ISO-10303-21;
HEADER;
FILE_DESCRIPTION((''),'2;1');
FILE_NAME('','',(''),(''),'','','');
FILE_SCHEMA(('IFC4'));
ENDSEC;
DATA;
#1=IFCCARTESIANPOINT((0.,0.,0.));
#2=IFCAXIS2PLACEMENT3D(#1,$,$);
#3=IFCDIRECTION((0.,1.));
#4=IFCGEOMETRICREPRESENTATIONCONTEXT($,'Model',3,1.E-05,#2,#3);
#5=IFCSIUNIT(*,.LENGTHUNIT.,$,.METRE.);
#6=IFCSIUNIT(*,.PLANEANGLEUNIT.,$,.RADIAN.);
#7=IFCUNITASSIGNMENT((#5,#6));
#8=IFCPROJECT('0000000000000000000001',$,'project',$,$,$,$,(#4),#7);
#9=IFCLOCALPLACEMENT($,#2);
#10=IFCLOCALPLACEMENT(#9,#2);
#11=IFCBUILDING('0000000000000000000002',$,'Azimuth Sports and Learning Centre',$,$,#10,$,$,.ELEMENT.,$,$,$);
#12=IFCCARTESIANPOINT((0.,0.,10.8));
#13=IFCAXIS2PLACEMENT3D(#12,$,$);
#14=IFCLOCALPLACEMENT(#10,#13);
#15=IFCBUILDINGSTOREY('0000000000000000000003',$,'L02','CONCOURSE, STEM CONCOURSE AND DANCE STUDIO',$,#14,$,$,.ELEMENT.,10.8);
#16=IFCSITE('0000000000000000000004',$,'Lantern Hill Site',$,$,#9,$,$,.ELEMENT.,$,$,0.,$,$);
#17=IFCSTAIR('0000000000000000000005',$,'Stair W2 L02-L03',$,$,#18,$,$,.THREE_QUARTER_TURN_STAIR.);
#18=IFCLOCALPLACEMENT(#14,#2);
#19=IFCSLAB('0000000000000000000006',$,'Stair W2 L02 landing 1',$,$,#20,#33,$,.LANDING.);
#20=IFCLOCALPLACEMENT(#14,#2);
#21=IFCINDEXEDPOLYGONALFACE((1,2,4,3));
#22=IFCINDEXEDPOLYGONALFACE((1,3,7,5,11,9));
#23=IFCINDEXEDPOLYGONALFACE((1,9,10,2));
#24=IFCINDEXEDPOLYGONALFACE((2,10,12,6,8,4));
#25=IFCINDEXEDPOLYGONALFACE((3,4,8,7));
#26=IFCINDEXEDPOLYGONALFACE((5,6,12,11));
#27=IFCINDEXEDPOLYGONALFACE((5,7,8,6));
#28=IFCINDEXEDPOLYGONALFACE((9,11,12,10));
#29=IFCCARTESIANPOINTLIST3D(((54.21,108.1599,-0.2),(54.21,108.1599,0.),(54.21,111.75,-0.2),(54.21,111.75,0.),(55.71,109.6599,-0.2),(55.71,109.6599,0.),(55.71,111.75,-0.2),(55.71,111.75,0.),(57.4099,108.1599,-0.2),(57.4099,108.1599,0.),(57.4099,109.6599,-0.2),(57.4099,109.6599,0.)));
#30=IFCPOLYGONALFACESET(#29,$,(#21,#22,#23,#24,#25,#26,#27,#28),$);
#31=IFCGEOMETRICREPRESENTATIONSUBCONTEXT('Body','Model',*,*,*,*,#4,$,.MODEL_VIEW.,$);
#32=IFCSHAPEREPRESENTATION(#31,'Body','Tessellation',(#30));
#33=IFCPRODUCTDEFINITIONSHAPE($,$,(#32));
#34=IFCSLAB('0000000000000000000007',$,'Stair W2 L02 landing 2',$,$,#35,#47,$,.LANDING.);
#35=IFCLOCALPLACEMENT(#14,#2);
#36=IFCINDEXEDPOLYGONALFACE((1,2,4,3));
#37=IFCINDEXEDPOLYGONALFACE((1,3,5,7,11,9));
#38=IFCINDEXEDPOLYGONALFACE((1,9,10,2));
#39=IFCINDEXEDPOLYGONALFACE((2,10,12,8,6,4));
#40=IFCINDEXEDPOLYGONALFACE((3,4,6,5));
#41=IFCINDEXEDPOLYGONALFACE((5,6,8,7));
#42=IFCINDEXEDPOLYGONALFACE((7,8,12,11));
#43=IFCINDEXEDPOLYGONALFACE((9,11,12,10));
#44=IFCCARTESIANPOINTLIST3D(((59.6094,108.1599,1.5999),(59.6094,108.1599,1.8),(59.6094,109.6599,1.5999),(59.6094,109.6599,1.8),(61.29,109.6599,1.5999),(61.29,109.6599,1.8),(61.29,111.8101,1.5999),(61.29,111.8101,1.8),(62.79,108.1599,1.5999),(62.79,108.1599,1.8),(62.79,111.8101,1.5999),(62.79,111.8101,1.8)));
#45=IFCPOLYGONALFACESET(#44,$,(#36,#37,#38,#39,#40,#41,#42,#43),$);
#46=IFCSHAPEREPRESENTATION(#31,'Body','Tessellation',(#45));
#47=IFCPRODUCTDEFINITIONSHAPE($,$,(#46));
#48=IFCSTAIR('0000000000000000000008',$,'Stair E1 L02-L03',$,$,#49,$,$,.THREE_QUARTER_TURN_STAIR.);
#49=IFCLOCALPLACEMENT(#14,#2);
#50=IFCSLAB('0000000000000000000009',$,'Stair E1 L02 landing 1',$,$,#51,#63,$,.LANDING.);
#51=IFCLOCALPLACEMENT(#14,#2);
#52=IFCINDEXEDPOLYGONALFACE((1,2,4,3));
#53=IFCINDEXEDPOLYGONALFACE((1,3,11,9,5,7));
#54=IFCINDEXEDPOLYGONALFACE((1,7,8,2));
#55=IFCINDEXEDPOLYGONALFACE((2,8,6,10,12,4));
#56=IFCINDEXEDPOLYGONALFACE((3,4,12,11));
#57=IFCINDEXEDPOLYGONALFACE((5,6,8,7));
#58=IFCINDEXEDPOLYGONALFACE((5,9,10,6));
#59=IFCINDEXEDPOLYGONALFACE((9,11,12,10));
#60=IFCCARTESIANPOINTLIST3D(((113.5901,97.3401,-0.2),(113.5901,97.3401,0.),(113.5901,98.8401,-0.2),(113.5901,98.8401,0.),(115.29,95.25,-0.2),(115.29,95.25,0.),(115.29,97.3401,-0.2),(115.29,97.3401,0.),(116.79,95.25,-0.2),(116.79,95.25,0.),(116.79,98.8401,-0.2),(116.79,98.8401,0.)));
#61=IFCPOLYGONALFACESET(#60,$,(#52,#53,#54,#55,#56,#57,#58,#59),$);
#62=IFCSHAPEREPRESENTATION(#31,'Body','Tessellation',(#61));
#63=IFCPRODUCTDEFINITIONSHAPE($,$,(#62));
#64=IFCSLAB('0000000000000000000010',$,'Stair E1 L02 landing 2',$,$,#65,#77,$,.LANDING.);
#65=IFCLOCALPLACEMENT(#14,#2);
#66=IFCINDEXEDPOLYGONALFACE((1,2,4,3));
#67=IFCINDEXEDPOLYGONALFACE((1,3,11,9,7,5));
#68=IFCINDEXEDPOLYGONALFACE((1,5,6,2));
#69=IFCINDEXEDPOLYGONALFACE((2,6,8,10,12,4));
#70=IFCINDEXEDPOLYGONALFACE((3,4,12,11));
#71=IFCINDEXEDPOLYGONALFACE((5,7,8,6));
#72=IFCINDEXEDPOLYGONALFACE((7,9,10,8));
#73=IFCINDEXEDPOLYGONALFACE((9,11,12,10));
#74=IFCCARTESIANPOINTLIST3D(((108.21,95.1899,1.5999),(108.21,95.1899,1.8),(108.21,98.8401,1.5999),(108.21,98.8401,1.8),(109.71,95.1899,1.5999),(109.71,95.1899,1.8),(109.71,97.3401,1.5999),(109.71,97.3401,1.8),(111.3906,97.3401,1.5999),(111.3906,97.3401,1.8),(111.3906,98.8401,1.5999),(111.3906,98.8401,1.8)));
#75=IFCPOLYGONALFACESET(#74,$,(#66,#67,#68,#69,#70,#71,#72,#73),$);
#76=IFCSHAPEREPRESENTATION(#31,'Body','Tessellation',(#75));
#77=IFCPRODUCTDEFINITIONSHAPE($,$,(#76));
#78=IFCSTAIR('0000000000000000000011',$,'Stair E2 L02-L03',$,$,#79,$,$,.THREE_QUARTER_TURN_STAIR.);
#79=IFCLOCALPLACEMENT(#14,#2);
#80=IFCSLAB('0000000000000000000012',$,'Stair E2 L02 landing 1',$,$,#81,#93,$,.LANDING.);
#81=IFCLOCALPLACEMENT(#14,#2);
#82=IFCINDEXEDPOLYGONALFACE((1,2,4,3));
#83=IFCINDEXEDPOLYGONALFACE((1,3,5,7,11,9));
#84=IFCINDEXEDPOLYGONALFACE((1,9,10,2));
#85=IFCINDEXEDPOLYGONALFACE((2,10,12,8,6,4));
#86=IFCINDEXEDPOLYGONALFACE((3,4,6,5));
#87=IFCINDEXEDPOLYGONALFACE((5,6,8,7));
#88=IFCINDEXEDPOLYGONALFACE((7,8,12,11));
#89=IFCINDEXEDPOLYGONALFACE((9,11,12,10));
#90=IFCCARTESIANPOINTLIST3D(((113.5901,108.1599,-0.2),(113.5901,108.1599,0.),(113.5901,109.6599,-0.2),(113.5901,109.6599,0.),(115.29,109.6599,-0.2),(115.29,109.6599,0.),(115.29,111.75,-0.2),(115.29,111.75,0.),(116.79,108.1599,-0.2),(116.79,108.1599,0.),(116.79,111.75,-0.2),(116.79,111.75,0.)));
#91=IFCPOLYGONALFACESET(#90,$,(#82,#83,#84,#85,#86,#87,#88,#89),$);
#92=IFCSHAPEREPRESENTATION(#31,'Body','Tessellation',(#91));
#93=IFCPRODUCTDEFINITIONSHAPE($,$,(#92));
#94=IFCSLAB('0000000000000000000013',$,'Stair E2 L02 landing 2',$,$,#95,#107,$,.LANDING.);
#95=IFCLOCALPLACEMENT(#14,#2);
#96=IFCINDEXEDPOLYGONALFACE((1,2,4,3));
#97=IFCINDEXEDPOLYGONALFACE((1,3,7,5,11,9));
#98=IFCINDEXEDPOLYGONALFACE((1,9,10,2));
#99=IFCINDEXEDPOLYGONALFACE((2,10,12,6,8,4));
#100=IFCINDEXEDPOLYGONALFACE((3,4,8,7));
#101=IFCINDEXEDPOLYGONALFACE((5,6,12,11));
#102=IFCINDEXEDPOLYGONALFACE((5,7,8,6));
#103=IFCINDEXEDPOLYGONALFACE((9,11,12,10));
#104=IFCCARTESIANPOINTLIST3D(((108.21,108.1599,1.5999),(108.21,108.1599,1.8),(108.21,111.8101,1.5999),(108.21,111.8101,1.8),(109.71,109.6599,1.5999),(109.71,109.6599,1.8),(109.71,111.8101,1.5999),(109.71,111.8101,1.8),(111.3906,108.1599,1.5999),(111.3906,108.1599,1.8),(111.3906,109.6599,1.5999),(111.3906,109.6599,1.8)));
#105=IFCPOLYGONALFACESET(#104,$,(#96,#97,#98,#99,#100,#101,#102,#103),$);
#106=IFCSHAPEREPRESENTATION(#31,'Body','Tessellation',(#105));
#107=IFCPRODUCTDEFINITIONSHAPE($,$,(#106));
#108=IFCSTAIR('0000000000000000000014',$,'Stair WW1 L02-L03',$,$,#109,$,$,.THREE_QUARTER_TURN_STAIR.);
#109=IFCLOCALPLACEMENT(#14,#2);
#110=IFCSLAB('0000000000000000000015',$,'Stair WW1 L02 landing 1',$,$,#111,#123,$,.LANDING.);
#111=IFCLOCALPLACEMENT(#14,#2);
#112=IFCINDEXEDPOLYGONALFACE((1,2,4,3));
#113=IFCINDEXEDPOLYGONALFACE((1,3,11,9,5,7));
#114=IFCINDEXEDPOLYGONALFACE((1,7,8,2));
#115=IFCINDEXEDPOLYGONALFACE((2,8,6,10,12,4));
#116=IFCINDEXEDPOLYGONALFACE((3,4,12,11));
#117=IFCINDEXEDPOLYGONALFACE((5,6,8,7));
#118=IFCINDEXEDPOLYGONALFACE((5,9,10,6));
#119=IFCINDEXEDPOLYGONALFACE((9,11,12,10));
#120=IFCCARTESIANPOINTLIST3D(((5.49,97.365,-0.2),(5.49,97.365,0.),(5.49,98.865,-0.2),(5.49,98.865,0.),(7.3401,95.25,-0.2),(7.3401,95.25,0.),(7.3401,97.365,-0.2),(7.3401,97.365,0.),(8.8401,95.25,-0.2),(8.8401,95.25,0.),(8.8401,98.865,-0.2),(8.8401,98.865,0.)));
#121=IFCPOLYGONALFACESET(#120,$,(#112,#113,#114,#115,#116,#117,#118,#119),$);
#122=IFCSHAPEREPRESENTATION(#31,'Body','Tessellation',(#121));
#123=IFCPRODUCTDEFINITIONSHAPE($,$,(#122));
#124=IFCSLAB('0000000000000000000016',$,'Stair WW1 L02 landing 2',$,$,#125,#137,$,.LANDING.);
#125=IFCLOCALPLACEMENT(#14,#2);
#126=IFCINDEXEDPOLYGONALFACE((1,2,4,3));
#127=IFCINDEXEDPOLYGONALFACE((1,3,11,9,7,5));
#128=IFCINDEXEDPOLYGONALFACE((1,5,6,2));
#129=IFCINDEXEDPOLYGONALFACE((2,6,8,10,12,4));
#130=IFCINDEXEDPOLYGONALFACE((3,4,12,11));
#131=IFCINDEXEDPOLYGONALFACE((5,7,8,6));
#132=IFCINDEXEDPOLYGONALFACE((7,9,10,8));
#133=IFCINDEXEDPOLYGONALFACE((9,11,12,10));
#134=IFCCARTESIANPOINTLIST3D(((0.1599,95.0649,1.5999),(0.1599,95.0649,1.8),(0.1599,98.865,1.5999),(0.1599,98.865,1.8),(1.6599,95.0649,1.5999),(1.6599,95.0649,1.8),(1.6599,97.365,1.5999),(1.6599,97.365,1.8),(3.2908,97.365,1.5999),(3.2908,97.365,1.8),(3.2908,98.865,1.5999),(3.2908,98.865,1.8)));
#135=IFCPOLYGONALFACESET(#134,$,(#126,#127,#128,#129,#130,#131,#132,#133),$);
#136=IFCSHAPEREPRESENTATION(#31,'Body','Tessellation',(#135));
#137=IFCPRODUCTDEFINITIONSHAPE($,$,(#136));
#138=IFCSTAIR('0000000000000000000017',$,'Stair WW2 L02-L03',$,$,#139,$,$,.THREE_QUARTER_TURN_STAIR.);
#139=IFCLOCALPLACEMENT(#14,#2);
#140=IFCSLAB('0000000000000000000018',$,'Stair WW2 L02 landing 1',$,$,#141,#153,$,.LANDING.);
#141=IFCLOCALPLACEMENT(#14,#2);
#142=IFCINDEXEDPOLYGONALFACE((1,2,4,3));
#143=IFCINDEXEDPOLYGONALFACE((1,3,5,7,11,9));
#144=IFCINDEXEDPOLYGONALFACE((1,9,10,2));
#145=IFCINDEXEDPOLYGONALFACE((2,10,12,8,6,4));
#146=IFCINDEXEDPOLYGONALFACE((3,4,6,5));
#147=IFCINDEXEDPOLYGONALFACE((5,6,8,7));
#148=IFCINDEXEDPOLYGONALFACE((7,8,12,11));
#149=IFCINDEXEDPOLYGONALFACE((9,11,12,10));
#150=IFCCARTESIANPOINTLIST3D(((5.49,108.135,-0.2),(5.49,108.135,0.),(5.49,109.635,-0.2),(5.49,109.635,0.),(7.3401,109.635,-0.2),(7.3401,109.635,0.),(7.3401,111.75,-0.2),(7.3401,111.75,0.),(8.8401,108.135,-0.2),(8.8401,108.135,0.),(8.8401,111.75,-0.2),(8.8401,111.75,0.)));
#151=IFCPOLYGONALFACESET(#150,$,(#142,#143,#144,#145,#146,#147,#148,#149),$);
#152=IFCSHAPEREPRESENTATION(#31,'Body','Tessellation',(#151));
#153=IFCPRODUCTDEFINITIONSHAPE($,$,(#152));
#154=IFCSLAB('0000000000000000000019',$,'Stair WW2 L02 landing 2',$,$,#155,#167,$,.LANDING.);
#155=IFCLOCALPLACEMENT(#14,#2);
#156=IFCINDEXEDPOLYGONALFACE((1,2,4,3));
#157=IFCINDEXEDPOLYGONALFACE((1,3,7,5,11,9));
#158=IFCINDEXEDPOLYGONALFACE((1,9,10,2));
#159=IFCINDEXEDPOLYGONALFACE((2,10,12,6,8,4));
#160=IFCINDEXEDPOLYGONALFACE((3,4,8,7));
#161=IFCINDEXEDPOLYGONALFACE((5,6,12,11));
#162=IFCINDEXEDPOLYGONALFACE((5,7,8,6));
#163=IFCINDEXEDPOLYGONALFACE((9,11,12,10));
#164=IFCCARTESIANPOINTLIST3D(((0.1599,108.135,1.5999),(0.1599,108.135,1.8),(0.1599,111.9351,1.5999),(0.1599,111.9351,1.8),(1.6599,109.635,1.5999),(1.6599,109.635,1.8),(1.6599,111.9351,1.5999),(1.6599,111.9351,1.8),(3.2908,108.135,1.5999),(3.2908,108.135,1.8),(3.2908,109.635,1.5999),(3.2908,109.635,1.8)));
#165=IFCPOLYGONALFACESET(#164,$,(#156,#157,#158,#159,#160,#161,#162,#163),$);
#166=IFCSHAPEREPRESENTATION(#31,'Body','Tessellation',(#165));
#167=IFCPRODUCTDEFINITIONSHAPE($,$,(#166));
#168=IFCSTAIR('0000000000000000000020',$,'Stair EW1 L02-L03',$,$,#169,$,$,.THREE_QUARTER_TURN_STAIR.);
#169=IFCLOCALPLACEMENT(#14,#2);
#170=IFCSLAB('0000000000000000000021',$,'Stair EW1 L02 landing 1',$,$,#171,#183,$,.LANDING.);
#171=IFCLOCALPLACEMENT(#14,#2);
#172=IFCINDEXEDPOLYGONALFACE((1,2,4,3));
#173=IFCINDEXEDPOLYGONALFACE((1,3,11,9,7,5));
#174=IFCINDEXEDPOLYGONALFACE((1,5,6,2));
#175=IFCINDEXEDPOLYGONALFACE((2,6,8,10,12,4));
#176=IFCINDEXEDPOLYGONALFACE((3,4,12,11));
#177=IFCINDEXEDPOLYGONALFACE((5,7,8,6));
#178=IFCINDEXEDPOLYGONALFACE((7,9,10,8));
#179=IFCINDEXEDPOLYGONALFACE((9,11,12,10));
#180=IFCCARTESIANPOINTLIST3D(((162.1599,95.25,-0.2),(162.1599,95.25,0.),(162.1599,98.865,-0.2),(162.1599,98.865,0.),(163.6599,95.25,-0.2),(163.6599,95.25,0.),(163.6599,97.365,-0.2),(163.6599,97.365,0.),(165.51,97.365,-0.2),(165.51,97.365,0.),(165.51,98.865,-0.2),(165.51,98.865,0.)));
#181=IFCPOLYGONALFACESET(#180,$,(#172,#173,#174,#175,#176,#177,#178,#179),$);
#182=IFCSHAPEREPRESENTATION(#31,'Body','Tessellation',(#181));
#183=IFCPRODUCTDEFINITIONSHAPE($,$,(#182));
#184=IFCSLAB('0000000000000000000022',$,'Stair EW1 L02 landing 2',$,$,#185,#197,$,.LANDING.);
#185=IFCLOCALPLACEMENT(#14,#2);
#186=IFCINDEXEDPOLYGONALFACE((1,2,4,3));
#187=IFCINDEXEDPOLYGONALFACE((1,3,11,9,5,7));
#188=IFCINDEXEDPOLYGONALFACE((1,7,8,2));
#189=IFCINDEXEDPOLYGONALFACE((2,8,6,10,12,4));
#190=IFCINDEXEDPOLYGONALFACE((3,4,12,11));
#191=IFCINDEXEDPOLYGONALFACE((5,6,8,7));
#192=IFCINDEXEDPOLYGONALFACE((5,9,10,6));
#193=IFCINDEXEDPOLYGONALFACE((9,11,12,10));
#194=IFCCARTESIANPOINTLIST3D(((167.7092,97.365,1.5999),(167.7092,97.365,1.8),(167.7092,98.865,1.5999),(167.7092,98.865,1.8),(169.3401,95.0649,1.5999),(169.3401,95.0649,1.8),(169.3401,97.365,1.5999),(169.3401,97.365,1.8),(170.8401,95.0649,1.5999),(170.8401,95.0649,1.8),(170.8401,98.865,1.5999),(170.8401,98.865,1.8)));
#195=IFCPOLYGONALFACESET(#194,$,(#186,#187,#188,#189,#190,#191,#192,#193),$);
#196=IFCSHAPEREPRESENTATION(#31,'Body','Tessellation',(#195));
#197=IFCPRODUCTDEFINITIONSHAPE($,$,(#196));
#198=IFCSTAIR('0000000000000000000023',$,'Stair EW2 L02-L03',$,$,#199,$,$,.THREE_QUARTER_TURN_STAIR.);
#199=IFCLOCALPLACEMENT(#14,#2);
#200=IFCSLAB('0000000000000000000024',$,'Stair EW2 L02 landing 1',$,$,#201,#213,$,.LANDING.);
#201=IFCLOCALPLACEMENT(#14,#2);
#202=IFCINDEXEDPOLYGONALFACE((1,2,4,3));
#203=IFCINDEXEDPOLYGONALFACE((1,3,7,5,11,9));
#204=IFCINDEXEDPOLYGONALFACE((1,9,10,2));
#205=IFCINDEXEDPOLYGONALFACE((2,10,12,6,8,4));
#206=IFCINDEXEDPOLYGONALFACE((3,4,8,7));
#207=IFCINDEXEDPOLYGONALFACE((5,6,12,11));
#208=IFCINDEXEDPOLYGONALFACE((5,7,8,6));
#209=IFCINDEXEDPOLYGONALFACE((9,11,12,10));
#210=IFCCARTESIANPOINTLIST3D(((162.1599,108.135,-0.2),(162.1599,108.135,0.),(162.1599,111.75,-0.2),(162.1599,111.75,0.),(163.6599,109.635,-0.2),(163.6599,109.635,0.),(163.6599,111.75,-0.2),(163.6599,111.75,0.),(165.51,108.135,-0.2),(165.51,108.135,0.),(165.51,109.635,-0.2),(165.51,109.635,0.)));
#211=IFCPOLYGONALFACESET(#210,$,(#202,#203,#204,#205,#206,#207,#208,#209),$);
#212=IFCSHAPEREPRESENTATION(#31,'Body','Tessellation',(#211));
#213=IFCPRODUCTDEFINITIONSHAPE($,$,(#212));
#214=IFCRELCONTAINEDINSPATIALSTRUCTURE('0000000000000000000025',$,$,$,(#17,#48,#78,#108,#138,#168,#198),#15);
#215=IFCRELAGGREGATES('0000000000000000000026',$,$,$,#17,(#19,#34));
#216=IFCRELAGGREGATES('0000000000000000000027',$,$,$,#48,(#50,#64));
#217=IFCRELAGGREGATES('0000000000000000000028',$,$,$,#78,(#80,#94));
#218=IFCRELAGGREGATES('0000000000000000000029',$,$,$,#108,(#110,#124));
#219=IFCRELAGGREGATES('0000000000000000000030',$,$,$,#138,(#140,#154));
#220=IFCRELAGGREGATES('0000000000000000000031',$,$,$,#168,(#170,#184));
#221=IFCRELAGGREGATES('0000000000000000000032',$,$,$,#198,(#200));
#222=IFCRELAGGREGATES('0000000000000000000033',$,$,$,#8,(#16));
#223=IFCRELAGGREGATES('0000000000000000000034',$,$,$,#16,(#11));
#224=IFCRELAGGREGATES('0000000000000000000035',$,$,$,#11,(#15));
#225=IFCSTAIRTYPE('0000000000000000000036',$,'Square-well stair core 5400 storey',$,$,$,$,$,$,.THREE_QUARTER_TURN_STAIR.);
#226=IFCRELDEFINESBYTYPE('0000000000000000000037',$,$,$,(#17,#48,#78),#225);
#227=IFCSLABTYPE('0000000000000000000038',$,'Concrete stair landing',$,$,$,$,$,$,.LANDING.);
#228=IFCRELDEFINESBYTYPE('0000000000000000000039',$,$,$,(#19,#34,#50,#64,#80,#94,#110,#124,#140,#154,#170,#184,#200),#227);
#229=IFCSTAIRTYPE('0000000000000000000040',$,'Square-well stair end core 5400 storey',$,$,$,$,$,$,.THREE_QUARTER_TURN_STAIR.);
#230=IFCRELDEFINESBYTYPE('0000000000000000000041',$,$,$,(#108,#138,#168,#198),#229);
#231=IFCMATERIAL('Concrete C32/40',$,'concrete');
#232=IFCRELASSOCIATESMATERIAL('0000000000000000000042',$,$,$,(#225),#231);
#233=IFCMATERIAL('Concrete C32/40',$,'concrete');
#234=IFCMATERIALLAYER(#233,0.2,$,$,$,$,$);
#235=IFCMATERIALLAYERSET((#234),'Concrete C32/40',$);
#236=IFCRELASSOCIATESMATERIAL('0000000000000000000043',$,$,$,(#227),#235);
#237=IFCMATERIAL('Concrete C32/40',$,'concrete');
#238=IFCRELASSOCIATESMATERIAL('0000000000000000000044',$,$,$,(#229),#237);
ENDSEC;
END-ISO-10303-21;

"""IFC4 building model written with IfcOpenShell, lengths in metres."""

from ifc_helpers import new_model, si_unit, direction, frame, origin, place, context, subcontext, project, spatial, polyline, outline, extrude, material, layer, layer_set, type_object, element, aggregate, save


model = new_model("IFC4")

# Units and contexts
model_context = context("Model", 3, precision=1e-05, world=origin(), true_north=direction((0.0, 1.0)))
body_context = subcontext(model_context, "Body", "Model", "MODEL_VIEW")
ifc_project = project(units=[si_unit("LENGTHUNIT", "METRE"), si_unit("PLANEANGLEUNIT", "RADIAN")], contexts=[model_context])

# Site, building, storey
site_placement = place(None, origin())
site = spatial("IfcSite", under=ifc_project, at=site_placement, Name="Lantern Hill Site", CompositionType="ELEMENT", RefElevation=0.0)
building_placement = place(site_placement, origin())
building = spatial("IfcBuilding", under=site, at=building_placement, Name="Azimuth Sports and Learning Centre", CompositionType="ELEMENT")
storey_placement = place(building_placement, frame((0.0, 0.0, 10.8)))
storey = spatial("IfcBuildingStorey", under=building, at=storey_placement, Name="L02", Description="CONCOURSE, STEM CONCOURSE AND DANCE STUDIO", CompositionType="ELEMENT", Elevation=10.8)

# Stairs, slabs
ifc_material_1 = material(Name="Concrete C32/40", Category="concrete")
stair_type_1 = type_object("IfcStairType", Name="Square-well stair core 5400 storey", PredefinedType="THREE_QUARTER_TURN_STAIR", material=ifc_material_1)
ifc_material_2 = material(Name="Concrete C32/40", Category="concrete")
ifc_layer_1 = layer(ifc_material_2, 0.2)
ifc_layer_set_1 = layer_set([ifc_layer_1], Name="Concrete C32/40")
slab_type_1 = type_object("IfcSlabType", Name="Concrete stair landing", PredefinedType="LANDING", material=ifc_layer_set_1)
stair_1_placement = place(storey_placement, origin())
stair_1 = element("IfcStair", 1, at=stair_1_placement, inside=storey, type_object=stair_type_1, Name="Stair W2 L02-L03", PredefinedType="THREE_QUARTER_TURN_STAIR")
slab_1_placement = place(storey_placement, frame((0.0, 0.0, -0.2)))
slab_1 = element("IfcSlab", 2, at=slab_1_placement, type_object=slab_type_1, Name="Stair W2 L02 landing 1", PredefinedType="LANDING", context=body_context, shape_type="SweptSolid", body=[
    extrude(outline(polyline([(57.4099, 109.6599), (55.71, 109.6599), (55.71, 111.75), (54.21, 111.75), (54.21, 108.1599), (57.4099, 108.1599), (57.4099, 109.6599)])), origin(), (0.0, 0.0, 1.0), 0.2),
])
slab_2_placement = place(storey_placement, frame((0.0, 0.0, 1.5999)))
slab_2 = element("IfcSlab", 3, at=slab_2_placement, type_object=slab_type_1, Name="Stair W2 L02 landing 2", PredefinedType="LANDING", context=body_context, shape_type="SweptSolid", body=[
    extrude(outline(polyline([(61.29, 109.6599), (59.6094, 109.6599), (59.6094, 108.1599), (62.79, 108.1599), (62.79, 111.8101), (61.29, 111.8101), (61.29, 109.6599)])), origin(), (0.0, 0.0, 1.0), 0.2002),
])
aggregate(stair_1, [slab_1, slab_2])
stair_2_placement = place(storey_placement, origin())
stair_2 = element("IfcStair", 4, at=stair_2_placement, inside=storey, type_object=stair_type_1, Name="Stair E1 L02-L03", PredefinedType="THREE_QUARTER_TURN_STAIR")
slab_3_placement = place(storey_placement, frame((0.0, 0.0, -0.2)))
slab_3 = element("IfcSlab", 5, at=slab_3_placement, type_object=slab_type_1, Name="Stair E1 L02 landing 1", PredefinedType="LANDING", context=body_context, shape_type="SweptSolid", body=[
    extrude(outline(polyline([(113.5901, 97.3401), (115.29, 97.3401), (115.29, 95.25), (116.79, 95.25), (116.79, 98.8401), (113.5901, 98.8401), (113.5901, 97.3401)])), origin(), (0.0, 0.0, 1.0), 0.2),
])
slab_4_placement = place(storey_placement, frame((0.0, 0.0, 1.5999)))
slab_4 = element("IfcSlab", 6, at=slab_4_placement, type_object=slab_type_1, Name="Stair E1 L02 landing 2", PredefinedType="LANDING", context=body_context, shape_type="SweptSolid", body=[
    extrude(outline(polyline([(109.71, 97.3401), (111.3906, 97.3401), (111.3906, 98.8401), (108.21, 98.8401), (108.21, 95.1899), (109.71, 95.1899), (109.71, 97.3401)])), origin(), (0.0, 0.0, 1.0), 0.2002),
])
aggregate(stair_2, [slab_3, slab_4])
stair_3_placement = place(storey_placement, origin())
stair_3 = element("IfcStair", 7, at=stair_3_placement, inside=storey, type_object=stair_type_1, Name="Stair E2 L02-L03", PredefinedType="THREE_QUARTER_TURN_STAIR")
slab_5_placement = place(storey_placement, frame((0.0, 0.0, -0.2)))
slab_5 = element("IfcSlab", 8, at=slab_5_placement, type_object=slab_type_1, Name="Stair E2 L02 landing 1", PredefinedType="LANDING", context=body_context, shape_type="SweptSolid", body=[
    extrude(outline(polyline([(116.79, 108.1599), (116.79, 111.75), (115.29, 111.75), (115.29, 109.6599), (113.5901, 109.6599), (113.5901, 108.1599), (116.79, 108.1599)])), origin(), (0.0, 0.0, 1.0), 0.2),
])
slab_6_placement = place(storey_placement, frame((0.0, 0.0, 1.5999)))
slab_6 = element("IfcSlab", 9, at=slab_6_placement, type_object=slab_type_1, Name="Stair E2 L02 landing 2", PredefinedType="LANDING", context=body_context, shape_type="SweptSolid", body=[
    extrude(outline(polyline([(109.71, 109.6599), (109.71, 111.8101), (108.21, 111.8101), (108.21, 108.1599), (111.3906, 108.1599), (111.3906, 109.6599), (109.71, 109.6599)])), origin(), (0.0, 0.0, 1.0), 0.2002),
])
aggregate(stair_3, [slab_5, slab_6])
ifc_material_3 = material(Name="Concrete C32/40", Category="concrete")
stair_type_2 = type_object("IfcStairType", Name="Square-well stair end core 5400 storey", PredefinedType="THREE_QUARTER_TURN_STAIR", material=ifc_material_3)
stair_4_placement = place(storey_placement, origin())
stair_4 = element("IfcStair", 10, at=stair_4_placement, inside=storey, type_object=stair_type_2, Name="Stair WW1 L02-L03", PredefinedType="THREE_QUARTER_TURN_STAIR")
slab_7_placement = place(storey_placement, frame((0.0, 0.0, -0.2)))
slab_7 = element("IfcSlab", 11, at=slab_7_placement, type_object=slab_type_1, Name="Stair WW1 L02 landing 1", PredefinedType="LANDING", context=body_context, shape_type="SweptSolid", body=[
    extrude(outline(polyline([(5.49, 97.365), (7.3401, 97.365), (7.3401, 95.25), (8.8401, 95.25), (8.8401, 98.865), (5.49, 98.865), (5.49, 97.365)])), origin(), (0.0, 0.0, 1.0), 0.2),
])
slab_8_placement = place(storey_placement, frame((0.0, 0.0, 1.5999)))
slab_8 = element("IfcSlab", 12, at=slab_8_placement, type_object=slab_type_1, Name="Stair WW1 L02 landing 2", PredefinedType="LANDING", context=body_context, shape_type="SweptSolid", body=[
    extrude(outline(polyline([(1.6599, 97.365), (3.2908, 97.365), (3.2908, 98.865), (0.1599, 98.865), (0.1599, 95.0649), (1.6599, 95.0649), (1.6599, 97.365)])), origin(), (0.0, 0.0, 1.0), 0.2002),
])
aggregate(stair_4, [slab_7, slab_8])
stair_5_placement = place(storey_placement, origin())
stair_5 = element("IfcStair", 13, at=stair_5_placement, inside=storey, type_object=stair_type_2, Name="Stair WW2 L02-L03", PredefinedType="THREE_QUARTER_TURN_STAIR")
slab_9_placement = place(storey_placement, frame((0.0, 0.0, -0.2)))
slab_9 = element("IfcSlab", 14, at=slab_9_placement, type_object=slab_type_1, Name="Stair WW2 L02 landing 1", PredefinedType="LANDING", context=body_context, shape_type="SweptSolid", body=[
    extrude(outline(polyline([(8.8401, 108.135), (8.8401, 111.75), (7.3401, 111.75), (7.3401, 109.635), (5.49, 109.635), (5.49, 108.135), (8.8401, 108.135)])), origin(), (0.0, 0.0, 1.0), 0.2),
])
slab_10_placement = place(storey_placement, frame((0.0, 0.0, 1.5999)))
slab_10 = element("IfcSlab", 15, at=slab_10_placement, type_object=slab_type_1, Name="Stair WW2 L02 landing 2", PredefinedType="LANDING", context=body_context, shape_type="SweptSolid", body=[
    extrude(outline(polyline([(1.6599, 109.635), (1.6599, 111.9351), (0.1599, 111.9351), (0.1599, 108.135), (3.2908, 108.135), (3.2908, 109.635), (1.6599, 109.635)])), origin(), (0.0, 0.0, 1.0), 0.2002),
])
aggregate(stair_5, [slab_9, slab_10])
stair_6_placement = place(storey_placement, origin())
stair_6 = element("IfcStair", 16, at=stair_6_placement, inside=storey, type_object=stair_type_2, Name="Stair EW1 L02-L03", PredefinedType="THREE_QUARTER_TURN_STAIR")
slab_11_placement = place(storey_placement, frame((0.0, 0.0, -0.2)))
slab_11 = element("IfcSlab", 17, at=slab_11_placement, type_object=slab_type_1, Name="Stair EW1 L02 landing 1", PredefinedType="LANDING", context=body_context, shape_type="SweptSolid", body=[
    extrude(outline(polyline([(162.1599, 98.865), (162.1599, 95.25), (163.6599, 95.25), (163.6599, 97.365), (165.51, 97.365), (165.51, 98.865), (162.1599, 98.865)])), origin(), (0.0, 0.0, 1.0), 0.2),
])
slab_12_placement = place(storey_placement, frame((0.0, 0.0, 1.5999)))
slab_12 = element("IfcSlab", 18, at=slab_12_placement, type_object=slab_type_1, Name="Stair EW1 L02 landing 2", PredefinedType="LANDING", context=body_context, shape_type="SweptSolid", body=[
    extrude(outline(polyline([(169.3401, 97.365), (169.3401, 95.0649), (170.8401, 95.0649), (170.8401, 98.865), (167.7092, 98.865), (167.7092, 97.365), (169.3401, 97.365)])), origin(), (0.0, 0.0, 1.0), 0.2002),
])
aggregate(stair_6, [slab_11, slab_12])
stair_7_placement = place(storey_placement, origin())
stair_7 = element("IfcStair", 19, at=stair_7_placement, inside=storey, type_object=stair_type_2, Name="Stair EW2 L02-L03", PredefinedType="THREE_QUARTER_TURN_STAIR")
slab_13_placement = place(storey_placement, frame((0.0, 0.0, -0.2)))
slab_13 = element("IfcSlab", 20, at=slab_13_placement, type_object=slab_type_1, Name="Stair EW2 L02 landing 1", PredefinedType="LANDING", context=body_context, shape_type="SweptSolid", body=[
    extrude(outline(polyline([(165.51, 109.635), (163.6599, 109.635), (163.6599, 111.75), (162.1599, 111.75), (162.1599, 108.135), (165.51, 108.135), (165.51, 109.635)])), origin(), (0.0, 0.0, 1.0), 0.2),
])
aggregate(stair_7, [slab_13])

save(model, "model.ifc")
